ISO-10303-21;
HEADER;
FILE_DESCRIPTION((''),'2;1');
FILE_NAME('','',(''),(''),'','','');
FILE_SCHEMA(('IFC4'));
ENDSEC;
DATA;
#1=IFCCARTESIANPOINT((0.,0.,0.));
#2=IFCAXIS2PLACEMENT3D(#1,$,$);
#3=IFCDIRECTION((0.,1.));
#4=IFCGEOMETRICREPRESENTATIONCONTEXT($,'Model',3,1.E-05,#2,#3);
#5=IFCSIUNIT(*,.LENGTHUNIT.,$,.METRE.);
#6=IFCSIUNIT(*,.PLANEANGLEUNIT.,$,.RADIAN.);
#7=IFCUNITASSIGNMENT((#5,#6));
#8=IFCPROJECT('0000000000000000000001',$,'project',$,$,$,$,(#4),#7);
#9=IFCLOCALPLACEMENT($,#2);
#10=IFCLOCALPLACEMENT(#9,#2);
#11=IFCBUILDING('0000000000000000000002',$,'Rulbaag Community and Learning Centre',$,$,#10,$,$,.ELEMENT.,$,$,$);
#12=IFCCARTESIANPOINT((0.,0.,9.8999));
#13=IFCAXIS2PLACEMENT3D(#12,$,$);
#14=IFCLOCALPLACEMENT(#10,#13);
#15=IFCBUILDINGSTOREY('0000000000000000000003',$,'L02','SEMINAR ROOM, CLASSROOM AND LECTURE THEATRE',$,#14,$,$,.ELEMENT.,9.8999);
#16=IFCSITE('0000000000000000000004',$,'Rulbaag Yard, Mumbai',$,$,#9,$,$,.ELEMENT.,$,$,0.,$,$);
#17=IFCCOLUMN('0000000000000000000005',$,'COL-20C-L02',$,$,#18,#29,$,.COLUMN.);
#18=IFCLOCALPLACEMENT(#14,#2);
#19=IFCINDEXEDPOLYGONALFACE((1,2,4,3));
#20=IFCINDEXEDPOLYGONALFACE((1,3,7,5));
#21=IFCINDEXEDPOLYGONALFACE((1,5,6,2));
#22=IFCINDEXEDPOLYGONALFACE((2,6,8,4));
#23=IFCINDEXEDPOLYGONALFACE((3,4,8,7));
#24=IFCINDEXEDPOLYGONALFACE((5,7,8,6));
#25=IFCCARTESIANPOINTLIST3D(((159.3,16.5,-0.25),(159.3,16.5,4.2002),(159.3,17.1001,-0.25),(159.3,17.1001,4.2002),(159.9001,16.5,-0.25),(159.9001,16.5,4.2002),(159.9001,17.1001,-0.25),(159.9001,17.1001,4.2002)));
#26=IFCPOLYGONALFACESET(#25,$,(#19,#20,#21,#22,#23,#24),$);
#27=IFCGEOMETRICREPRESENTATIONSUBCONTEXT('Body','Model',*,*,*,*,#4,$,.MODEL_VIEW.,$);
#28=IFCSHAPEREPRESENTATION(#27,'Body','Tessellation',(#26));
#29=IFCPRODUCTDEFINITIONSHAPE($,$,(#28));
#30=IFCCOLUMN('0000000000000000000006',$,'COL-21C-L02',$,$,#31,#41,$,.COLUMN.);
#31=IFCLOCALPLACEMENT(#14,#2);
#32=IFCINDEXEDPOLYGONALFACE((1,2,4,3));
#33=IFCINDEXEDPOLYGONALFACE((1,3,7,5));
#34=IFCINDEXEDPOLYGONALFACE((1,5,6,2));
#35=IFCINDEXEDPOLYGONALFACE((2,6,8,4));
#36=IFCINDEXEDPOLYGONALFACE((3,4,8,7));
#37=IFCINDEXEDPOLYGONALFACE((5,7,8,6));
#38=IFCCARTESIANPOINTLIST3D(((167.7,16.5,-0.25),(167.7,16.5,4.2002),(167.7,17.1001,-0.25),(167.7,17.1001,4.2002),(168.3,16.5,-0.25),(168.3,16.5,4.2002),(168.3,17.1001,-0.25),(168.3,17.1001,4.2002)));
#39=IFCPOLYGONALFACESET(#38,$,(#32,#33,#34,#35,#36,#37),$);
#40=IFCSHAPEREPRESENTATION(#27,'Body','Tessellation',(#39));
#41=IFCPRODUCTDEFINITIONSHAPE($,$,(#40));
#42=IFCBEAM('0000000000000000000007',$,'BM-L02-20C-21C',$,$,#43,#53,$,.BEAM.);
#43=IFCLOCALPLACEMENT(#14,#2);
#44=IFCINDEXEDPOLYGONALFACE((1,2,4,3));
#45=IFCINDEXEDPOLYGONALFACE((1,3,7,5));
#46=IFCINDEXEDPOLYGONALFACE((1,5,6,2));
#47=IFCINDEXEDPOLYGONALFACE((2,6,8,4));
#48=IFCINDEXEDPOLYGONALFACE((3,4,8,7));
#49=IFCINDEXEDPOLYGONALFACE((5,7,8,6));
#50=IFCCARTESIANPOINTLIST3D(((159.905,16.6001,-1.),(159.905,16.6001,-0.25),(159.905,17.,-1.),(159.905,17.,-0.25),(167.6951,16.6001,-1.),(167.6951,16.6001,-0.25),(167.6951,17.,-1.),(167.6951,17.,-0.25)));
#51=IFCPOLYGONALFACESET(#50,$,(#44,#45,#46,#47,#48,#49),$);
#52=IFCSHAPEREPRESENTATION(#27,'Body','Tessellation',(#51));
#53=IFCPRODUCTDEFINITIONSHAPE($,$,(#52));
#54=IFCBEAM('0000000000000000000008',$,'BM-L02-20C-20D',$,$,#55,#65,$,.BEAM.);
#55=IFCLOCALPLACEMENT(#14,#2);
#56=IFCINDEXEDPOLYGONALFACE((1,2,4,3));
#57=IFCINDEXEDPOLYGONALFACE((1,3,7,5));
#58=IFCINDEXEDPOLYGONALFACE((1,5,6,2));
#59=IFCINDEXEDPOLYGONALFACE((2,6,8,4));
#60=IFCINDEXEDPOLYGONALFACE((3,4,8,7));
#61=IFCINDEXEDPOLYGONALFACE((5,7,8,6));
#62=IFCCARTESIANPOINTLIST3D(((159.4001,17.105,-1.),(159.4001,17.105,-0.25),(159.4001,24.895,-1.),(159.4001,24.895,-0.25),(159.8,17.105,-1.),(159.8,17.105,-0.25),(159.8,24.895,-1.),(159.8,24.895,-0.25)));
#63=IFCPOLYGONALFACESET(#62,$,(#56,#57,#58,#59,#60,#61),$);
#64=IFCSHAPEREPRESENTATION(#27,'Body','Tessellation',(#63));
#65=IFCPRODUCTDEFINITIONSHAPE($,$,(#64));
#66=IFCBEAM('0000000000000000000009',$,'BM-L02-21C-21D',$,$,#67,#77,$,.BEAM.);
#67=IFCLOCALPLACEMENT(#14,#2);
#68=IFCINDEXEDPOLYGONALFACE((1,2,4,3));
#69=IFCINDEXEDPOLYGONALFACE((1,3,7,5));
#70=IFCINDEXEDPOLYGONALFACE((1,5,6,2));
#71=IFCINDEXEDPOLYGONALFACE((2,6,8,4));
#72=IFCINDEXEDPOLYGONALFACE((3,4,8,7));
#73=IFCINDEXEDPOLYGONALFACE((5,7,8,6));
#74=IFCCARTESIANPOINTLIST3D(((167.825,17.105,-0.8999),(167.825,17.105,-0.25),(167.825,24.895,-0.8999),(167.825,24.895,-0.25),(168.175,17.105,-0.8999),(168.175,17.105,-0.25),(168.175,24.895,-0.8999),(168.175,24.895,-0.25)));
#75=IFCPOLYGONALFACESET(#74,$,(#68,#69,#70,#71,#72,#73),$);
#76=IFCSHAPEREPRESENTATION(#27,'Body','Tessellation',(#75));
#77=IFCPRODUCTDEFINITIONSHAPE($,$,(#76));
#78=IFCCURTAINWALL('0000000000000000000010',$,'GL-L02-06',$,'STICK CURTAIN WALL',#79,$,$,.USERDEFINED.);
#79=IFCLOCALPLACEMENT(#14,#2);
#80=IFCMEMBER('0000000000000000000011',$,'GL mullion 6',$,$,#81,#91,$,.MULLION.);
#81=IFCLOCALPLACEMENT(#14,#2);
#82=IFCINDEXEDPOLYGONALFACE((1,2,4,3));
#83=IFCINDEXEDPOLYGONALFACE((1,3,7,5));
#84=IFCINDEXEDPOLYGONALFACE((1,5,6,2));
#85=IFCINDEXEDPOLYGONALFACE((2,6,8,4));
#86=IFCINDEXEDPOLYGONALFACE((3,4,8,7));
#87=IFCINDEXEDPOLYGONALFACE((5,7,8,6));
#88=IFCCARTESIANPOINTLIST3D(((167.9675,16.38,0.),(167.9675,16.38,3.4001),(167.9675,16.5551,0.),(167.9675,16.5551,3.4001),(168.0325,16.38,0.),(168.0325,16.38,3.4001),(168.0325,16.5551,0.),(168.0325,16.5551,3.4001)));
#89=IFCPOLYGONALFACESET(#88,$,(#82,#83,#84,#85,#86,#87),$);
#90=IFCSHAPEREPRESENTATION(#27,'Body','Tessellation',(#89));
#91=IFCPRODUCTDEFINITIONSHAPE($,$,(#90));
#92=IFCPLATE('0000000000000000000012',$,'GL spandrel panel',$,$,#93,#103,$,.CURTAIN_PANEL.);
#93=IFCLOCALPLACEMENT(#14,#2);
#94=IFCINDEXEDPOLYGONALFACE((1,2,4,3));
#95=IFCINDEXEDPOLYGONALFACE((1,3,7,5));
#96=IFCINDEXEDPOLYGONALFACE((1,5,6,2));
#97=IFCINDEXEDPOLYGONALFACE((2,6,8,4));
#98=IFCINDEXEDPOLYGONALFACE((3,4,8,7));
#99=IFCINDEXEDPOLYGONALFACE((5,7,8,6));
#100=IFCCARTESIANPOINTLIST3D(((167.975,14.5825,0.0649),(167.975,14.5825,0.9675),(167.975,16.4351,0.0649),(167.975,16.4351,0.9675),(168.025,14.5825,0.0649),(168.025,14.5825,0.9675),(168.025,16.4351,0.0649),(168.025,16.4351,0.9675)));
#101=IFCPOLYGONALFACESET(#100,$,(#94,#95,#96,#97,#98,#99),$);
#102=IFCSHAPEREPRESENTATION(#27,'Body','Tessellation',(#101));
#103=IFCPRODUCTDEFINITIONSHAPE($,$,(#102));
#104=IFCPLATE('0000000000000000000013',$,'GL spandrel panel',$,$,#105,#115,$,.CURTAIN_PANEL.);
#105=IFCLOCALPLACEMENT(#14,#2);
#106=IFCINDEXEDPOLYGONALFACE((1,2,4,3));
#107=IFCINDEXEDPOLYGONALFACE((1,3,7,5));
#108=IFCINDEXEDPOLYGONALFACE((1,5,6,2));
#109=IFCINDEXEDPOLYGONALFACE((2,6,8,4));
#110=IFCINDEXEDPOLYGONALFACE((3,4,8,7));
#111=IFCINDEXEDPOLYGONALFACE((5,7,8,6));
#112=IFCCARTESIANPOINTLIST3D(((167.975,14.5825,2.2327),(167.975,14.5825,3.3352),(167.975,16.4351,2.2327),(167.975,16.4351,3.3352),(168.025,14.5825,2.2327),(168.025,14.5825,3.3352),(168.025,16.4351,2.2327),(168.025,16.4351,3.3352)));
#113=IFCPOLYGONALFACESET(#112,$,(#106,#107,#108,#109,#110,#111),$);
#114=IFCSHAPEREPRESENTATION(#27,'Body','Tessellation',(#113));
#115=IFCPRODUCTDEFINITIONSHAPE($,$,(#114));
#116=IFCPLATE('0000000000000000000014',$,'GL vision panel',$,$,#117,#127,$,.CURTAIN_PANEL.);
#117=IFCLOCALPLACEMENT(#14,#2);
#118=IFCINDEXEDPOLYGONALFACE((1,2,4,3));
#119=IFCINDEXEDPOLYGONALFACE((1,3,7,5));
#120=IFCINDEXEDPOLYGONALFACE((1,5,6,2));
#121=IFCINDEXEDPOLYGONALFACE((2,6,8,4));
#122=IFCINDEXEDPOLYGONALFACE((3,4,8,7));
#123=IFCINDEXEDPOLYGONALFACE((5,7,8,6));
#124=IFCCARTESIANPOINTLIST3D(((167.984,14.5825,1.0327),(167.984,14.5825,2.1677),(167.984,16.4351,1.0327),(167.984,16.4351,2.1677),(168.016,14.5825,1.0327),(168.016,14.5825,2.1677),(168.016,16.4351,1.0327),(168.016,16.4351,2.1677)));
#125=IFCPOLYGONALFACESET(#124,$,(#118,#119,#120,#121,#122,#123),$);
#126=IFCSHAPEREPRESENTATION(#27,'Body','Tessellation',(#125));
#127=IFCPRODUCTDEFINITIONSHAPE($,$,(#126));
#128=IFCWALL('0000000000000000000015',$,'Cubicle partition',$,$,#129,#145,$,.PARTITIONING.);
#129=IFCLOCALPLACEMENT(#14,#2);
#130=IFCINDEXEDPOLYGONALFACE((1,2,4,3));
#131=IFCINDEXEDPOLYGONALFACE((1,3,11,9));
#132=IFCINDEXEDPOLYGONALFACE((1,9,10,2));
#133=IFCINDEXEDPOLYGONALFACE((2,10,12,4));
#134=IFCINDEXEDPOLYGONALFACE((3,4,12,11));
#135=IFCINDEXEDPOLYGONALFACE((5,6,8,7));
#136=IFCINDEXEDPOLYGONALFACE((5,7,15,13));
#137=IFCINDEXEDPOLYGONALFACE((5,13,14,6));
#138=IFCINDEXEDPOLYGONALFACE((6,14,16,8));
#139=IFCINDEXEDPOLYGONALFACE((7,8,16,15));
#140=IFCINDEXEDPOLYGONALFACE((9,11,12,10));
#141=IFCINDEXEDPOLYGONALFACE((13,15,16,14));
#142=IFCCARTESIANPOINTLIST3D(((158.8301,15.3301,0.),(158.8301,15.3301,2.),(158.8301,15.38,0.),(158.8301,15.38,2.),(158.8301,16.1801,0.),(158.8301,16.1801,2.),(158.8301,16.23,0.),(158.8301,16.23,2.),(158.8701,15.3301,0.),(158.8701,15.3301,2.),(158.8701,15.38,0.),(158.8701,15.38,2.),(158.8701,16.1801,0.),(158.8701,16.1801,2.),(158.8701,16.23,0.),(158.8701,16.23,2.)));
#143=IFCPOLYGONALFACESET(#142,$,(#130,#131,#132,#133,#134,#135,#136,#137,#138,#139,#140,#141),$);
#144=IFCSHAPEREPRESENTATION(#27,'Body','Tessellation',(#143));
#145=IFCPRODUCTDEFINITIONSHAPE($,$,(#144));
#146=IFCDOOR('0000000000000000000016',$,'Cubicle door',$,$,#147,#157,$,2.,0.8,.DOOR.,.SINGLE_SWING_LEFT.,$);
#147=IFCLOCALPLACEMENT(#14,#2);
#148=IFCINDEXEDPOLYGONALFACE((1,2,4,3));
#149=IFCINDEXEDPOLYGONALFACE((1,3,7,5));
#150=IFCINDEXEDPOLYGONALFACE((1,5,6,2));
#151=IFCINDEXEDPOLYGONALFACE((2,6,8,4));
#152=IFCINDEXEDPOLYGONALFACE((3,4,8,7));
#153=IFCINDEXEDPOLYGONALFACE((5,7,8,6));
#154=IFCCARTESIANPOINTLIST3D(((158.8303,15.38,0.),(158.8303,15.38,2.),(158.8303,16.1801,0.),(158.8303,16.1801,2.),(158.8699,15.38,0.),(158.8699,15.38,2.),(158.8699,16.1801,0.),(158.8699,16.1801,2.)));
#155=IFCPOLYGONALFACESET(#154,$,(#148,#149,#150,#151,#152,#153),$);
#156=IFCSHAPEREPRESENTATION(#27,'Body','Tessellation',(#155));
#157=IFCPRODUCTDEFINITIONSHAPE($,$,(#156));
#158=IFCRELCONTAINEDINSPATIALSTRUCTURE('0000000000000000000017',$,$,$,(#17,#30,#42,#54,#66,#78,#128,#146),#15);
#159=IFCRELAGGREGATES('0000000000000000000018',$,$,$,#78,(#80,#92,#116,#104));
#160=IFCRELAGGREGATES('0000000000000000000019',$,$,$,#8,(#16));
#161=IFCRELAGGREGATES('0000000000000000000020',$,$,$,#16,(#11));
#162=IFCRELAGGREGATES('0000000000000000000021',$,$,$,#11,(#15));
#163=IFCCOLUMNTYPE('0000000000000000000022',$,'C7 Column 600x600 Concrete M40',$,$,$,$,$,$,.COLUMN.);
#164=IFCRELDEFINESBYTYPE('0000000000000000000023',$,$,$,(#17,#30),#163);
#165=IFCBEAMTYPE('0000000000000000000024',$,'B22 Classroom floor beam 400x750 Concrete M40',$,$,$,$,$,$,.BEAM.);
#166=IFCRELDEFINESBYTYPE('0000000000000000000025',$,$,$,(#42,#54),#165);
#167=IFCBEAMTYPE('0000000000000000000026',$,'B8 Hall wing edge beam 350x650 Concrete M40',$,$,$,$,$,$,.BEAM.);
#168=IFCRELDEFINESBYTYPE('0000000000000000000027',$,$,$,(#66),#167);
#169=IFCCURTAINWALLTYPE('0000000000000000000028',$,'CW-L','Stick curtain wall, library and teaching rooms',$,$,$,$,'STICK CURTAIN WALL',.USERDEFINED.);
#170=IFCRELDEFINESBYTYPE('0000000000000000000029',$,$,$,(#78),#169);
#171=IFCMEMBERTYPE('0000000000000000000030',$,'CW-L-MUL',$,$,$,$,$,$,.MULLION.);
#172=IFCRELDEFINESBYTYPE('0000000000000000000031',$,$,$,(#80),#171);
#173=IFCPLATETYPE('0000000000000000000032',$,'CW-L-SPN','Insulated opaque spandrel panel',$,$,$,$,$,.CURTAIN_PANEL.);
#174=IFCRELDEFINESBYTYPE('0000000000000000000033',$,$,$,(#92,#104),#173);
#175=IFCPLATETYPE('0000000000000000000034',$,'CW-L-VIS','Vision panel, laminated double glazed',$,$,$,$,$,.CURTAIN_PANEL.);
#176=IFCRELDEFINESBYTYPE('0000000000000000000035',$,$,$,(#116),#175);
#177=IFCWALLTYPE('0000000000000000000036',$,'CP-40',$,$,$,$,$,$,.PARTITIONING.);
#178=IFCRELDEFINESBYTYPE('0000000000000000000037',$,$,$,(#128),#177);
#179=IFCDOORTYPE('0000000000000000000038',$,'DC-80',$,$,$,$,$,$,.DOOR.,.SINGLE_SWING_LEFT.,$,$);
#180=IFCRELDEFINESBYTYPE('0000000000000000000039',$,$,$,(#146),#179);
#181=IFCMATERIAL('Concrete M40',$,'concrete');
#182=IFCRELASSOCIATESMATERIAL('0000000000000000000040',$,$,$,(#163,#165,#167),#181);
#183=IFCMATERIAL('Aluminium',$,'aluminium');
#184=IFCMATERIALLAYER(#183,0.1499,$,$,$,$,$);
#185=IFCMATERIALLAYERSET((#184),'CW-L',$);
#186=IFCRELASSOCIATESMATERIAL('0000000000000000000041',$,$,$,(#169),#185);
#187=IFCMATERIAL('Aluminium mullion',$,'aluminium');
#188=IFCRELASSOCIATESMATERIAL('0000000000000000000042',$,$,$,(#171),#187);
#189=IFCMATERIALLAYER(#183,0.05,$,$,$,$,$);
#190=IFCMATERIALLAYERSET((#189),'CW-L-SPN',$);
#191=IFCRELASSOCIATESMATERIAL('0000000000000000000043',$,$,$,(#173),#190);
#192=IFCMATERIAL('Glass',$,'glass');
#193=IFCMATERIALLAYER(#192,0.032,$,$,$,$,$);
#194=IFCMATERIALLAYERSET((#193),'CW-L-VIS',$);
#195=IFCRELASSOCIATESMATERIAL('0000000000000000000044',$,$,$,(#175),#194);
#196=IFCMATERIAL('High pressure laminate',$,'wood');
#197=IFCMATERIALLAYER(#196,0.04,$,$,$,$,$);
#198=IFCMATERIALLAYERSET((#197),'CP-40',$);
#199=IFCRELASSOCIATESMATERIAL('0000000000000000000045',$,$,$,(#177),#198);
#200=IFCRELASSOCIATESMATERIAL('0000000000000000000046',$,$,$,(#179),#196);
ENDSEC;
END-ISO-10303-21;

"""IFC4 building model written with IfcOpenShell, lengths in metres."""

from ifc_helpers import new_model, si_unit, direction, frame, frame_2d, origin, origin_2d, place, context, subcontext, project, spatial, rectangle, extrude, material, layer, layer_set, material_profile, profile_set, type_object, element, fill, aggregate, save


model = new_model("IFC4")

# Units and contexts
model_context = context("Model", 3, precision=1e-05, world=origin(), true_north=direction((0.0, 1.0)))
body_context = subcontext(model_context, "Body", "Model", "MODEL_VIEW")
ifc_project = project(units=[si_unit("LENGTHUNIT", "METRE"), si_unit("PLANEANGLEUNIT", "RADIAN")], contexts=[model_context])

# Site, building, storey
site_placement = place(None, origin())
site = spatial("IfcSite", under=ifc_project, at=site_placement, Name="Rulbaag Yard, Mumbai", CompositionType="ELEMENT", RefElevation=0.0)
building_placement = place(site_placement, origin())
building = spatial("IfcBuilding", under=site, at=building_placement, Name="Rulbaag Community and Learning Centre", CompositionType="ELEMENT")
storey_placement = place(building_placement, frame((0.0, 0.0, 9.8999)))
storey = spatial("IfcBuildingStorey", under=building, at=storey_placement, Name="L02", Description="SEMINAR ROOM, CLASSROOM AND LECTURE THEATRE", CompositionType="ELEMENT", Elevation=9.8999)

# Columns
ifc_material_1 = material(Name="Concrete M40", Category="concrete")
ifc_material_profile_1 = material_profile(ifc_material_1, rectangle(XDim=0.6001, YDim=0.6001, at=origin_2d()), Name="RC600x600")
ifc_profile_set_1 = profile_set([ifc_material_profile_1], Name="Concrete M40")
column_type = type_object("IfcColumnType", Name="C7 Column 600x600 Concrete M40", PredefinedType="COLUMN", material=ifc_profile_set_1)
for number, where, z_axis, x_axis, name in (
    (1, (159.6001, 16.8, -0.25), (0.0, 0.0, 1.0), (1.0, 0.0, 0.0), "COL-20C-L02"),
    (2, (168.0, 16.8, -0.25), (0.0, 0.0, 1.0), (1.0, 0.0, 0.0), "COL-21C-L02"),
):
    element("IfcColumn", number, at=place(storey_placement, frame(where, z_axis=z_axis, x_axis=x_axis)), inside=storey, type_object=column_type, Name=name, PredefinedType="COLUMN", context=body_context, shape_type="SweptSolid", body=[
        extrude(rectangle(XDim=0.6001, YDim=0.6001, at=origin_2d()), origin(), (0.0, 0.0, 1.0), 4.4502),
    ])

# Beams
ifc_material_profile_2 = material_profile(ifc_material_1, rectangle(XDim=0.3999, YDim=0.75, at=origin_2d()), Name="RB400x750")
ifc_profile_set_2 = profile_set([ifc_material_profile_2], Name="Concrete M40")
beam_type_1 = type_object("IfcBeamType", Name="B22 Classroom floor beam 400x750 Concrete M40", PredefinedType="BEAM", material=ifc_profile_set_2)
for number, where, z_axis, x_axis, name in (
    (3, (159.905, 16.8, -0.625), (1.0, 0.0, 0.0), (0.0, 1.0, 0.0), "BM-L02-20C-21C"),
    (4, (159.6001, 17.105, -0.625), (0.0, 1.0, 0.0), (-1.0, 0.0, 0.0), "BM-L02-20C-20D"),
):
    element("IfcBeam", number, at=place(storey_placement, frame(where, z_axis=z_axis, x_axis=x_axis)), inside=storey, type_object=beam_type_1, Name=name, PredefinedType="BEAM", context=body_context, shape_type="SweptSolid", body=[
        extrude(rectangle(XDim=0.3999, YDim=0.75, at=origin_2d()), origin(), (0.0, 0.0, 1.0), 7.79),
    ])
ifc_material_profile_3 = material_profile(ifc_material_1, rectangle(XDim=0.3501, YDim=0.6499, at=origin_2d()), Name="RB350x650")
ifc_profile_set_3 = profile_set([ifc_material_profile_3], Name="Concrete M40")
beam_type_2 = type_object("IfcBeamType", Name="B8 Hall wing edge beam 350x650 Concrete M40", PredefinedType="BEAM", material=ifc_profile_set_3)
beam_placement = place(storey_placement, frame((168.0, 17.105, -0.575), z_axis=(0.0, 1.0, 0.0), x_axis=(-1.0, 0.0, 0.0)))
element("IfcBeam", 5, at=beam_placement, inside=storey, type_object=beam_type_2, Name="BM-L02-21C-21D", PredefinedType="BEAM", context=body_context, shape_type="SweptSolid", body=[
    extrude(rectangle(XDim=0.3501, YDim=0.6499, at=origin_2d()), origin(), (0.0, 0.0, 1.0), 7.79),
])

# Curtain wall, member, plates
ifc_material_2 = material(Name="Aluminium", Category="aluminium")
ifc_layer_1 = layer(ifc_material_2, 0.1499)
ifc_layer_set_1 = layer_set([ifc_layer_1], Name="CW-L")
curtain_wall_type = type_object("IfcCurtainWallType", Name="CW-L", Description="Stick curtain wall, library and teaching rooms", ElementType="STICK CURTAIN WALL", PredefinedType="USERDEFINED", material=ifc_layer_set_1)
curtain_wall_placement = place(storey_placement, origin())
curtain_wall = element("IfcCurtainWall", 6, at=curtain_wall_placement, inside=storey, type_object=curtain_wall_type, Name="GL-L02-06", ObjectType="STICK CURTAIN WALL", PredefinedType="USERDEFINED")
ifc_material_3 = material(Name="Aluminium mullion", Category="aluminium")
ifc_material_profile_4 = material_profile(ifc_material_3, rectangle(XDim=0.0649, YDim=0.175, at=origin_2d()), Name="AL 65x175")
ifc_profile_set_4 = profile_set([ifc_material_profile_4], Name="Aluminium mullion")
member_type = type_object("IfcMemberType", Name="CW-L-MUL", PredefinedType="MULLION", material=ifc_profile_set_4)
member_placement = place(storey_placement, frame((168.0, 16.4675, 0.0), z_axis=(0.0, 0.0, 1.0), x_axis=(-1.0, 0.0, 0.0)))
member = element("IfcMember", 7, at=member_placement, type_object=member_type, Name="GL mullion 6", PredefinedType="MULLION", context=body_context, shape_type="SweptSolid", body=[
    extrude(rectangle(XDim=0.0649, YDim=0.175, at=origin_2d()), origin(), (0.0, 0.0, 1.0), 3.4001),
])
ifc_layer_2 = layer(ifc_material_2, 0.05)
ifc_layer_set_2 = layer_set([ifc_layer_2], Name="CW-L-SPN")
plate_type_1 = type_object("IfcPlateType", Name="CW-L-SPN", Description="Insulated opaque spandrel panel", PredefinedType="CURTAIN_PANEL", material=ifc_layer_set_2)
plate_1_placement = place(storey_placement, frame((168.0, 15.5088, 0.0649), z_axis=(0.0, 0.0, 1.0), x_axis=(0.0, 1.0, 0.0)))
plate_1 = element("IfcPlate", 8, at=plate_1_placement, type_object=plate_type_1, Name="GL spandrel panel", PredefinedType="CURTAIN_PANEL", context=body_context, shape_type="SweptSolid", body=[
    extrude(rectangle(XDim=1.8525, YDim=0.05, at=origin_2d()), origin(), (0.0, 0.0, 1.0), 0.9026),
])
plate_2_placement = place(storey_placement, frame((168.0, 15.5088, 2.2327), z_axis=(0.0, 0.0, 1.0), x_axis=(0.0, 1.0, 0.0)))
plate_2 = element("IfcPlate", 9, at=plate_2_placement, type_object=plate_type_1, Name="GL spandrel panel", PredefinedType="CURTAIN_PANEL", context=body_context, shape_type="SweptSolid", body=[
    extrude(rectangle(XDim=1.8525, YDim=0.05, at=origin_2d()), origin(), (0.0, 0.0, 1.0), 1.1025),
])
ifc_material_4 = material(Name="Glass", Category="glass")
ifc_layer_3 = layer(ifc_material_4, 0.032)
ifc_layer_set_3 = layer_set([ifc_layer_3], Name="CW-L-VIS")
plate_type_2 = type_object("IfcPlateType", Name="CW-L-VIS", Description="Vision panel, laminated double glazed", PredefinedType="CURTAIN_PANEL", material=ifc_layer_set_3)
plate_3_placement = place(storey_placement, frame((168.0, 15.5088, 1.0327), z_axis=(0.0, 0.0, 1.0), x_axis=(0.0, 1.0, 0.0)))
plate_3 = element("IfcPlate", 10, at=plate_3_placement, type_object=plate_type_2, Name="GL vision panel", PredefinedType="CURTAIN_PANEL", context=body_context, shape_type="SweptSolid", body=[
    extrude(rectangle(XDim=1.8525, YDim=0.032, at=origin_2d()), origin(), (0.0, 0.0, 1.0), 1.135),
])
aggregate(curtain_wall, [member, plate_1, plate_3, plate_2])

# Wall, opening, door
ifc_material_5 = material(Name="High pressure laminate", Category="wood")
ifc_layer_4 = layer(ifc_material_5, 0.04)
ifc_layer_set_4 = layer_set([ifc_layer_4], Name="CP-40")
wall_type_1 = type_object("IfcWallType", Name="CP-40", PredefinedType="PARTITIONING", material=ifc_layer_set_4)
wall_1_placement = place(storey_placement, frame((158.8501, 15.3301, 0.0), z_axis=(0.0, 0.0, 1.0), x_axis=(0.0, 1.0, 0.0)))
wall_1 = element("IfcWall", 11, at=wall_1_placement, inside=storey, type_object=wall_type_1, Name="Cubicle partition", PredefinedType="PARTITIONING", context=body_context, shape_type="SweptSolid", body=[
    extrude(rectangle(XDim=0.8999, YDim=0.04, at=frame_2d((0.45, 0.0))), origin(), (0.0, 0.0, 1.0), 2.0),
])
opening_1_placement = place(wall_1_placement, frame((0.05, 0.0, 0.0)))
opening_1 = element("IfcOpeningElement", 12, at=opening_1_placement, cuts=wall_1, PredefinedType="OPENING", context=body_context, shape_type="SweptSolid", body=[
    extrude(rectangle(XDim=0.8, YDim=2.0, at=frame_2d((0.3999, 1.0))), frame((0.0, 0.03, 0.0), z_axis=(0.0, -1.0, 0.0), x_axis=(1.0, 0.0, 0.0)), (0.0, 0.0, 1.0), 0.0601),
])
door_type = type_object("IfcDoorType", Name="DC-80", OperationType="SINGLE_SWING_LEFT", PredefinedType="DOOR", material=ifc_material_5)
door_1_placement = place(opening_1_placement, origin())
door_1 = element("IfcDoor", 13, at=door_1_placement, inside=storey, type_object=door_type, Name="Cubicle door", OperationType="SINGLE_SWING_LEFT", OverallHeight=2.0, OverallWidth=0.8, PredefinedType="DOOR", context=body_context, shape_type="SweptSolid", body=[
    extrude(rectangle(XDim=0.8, YDim=2.0, at=frame_2d((0.3999, 1.0))), frame((0.0, 0.0198, 0.0), z_axis=(0.0, -1.0, 0.0), x_axis=(1.0, 0.0, 0.0)), (0.0, 0.0, 1.0), 0.0396),
])
fill(opening_1, door_1)

save(model, "model.ifc")
